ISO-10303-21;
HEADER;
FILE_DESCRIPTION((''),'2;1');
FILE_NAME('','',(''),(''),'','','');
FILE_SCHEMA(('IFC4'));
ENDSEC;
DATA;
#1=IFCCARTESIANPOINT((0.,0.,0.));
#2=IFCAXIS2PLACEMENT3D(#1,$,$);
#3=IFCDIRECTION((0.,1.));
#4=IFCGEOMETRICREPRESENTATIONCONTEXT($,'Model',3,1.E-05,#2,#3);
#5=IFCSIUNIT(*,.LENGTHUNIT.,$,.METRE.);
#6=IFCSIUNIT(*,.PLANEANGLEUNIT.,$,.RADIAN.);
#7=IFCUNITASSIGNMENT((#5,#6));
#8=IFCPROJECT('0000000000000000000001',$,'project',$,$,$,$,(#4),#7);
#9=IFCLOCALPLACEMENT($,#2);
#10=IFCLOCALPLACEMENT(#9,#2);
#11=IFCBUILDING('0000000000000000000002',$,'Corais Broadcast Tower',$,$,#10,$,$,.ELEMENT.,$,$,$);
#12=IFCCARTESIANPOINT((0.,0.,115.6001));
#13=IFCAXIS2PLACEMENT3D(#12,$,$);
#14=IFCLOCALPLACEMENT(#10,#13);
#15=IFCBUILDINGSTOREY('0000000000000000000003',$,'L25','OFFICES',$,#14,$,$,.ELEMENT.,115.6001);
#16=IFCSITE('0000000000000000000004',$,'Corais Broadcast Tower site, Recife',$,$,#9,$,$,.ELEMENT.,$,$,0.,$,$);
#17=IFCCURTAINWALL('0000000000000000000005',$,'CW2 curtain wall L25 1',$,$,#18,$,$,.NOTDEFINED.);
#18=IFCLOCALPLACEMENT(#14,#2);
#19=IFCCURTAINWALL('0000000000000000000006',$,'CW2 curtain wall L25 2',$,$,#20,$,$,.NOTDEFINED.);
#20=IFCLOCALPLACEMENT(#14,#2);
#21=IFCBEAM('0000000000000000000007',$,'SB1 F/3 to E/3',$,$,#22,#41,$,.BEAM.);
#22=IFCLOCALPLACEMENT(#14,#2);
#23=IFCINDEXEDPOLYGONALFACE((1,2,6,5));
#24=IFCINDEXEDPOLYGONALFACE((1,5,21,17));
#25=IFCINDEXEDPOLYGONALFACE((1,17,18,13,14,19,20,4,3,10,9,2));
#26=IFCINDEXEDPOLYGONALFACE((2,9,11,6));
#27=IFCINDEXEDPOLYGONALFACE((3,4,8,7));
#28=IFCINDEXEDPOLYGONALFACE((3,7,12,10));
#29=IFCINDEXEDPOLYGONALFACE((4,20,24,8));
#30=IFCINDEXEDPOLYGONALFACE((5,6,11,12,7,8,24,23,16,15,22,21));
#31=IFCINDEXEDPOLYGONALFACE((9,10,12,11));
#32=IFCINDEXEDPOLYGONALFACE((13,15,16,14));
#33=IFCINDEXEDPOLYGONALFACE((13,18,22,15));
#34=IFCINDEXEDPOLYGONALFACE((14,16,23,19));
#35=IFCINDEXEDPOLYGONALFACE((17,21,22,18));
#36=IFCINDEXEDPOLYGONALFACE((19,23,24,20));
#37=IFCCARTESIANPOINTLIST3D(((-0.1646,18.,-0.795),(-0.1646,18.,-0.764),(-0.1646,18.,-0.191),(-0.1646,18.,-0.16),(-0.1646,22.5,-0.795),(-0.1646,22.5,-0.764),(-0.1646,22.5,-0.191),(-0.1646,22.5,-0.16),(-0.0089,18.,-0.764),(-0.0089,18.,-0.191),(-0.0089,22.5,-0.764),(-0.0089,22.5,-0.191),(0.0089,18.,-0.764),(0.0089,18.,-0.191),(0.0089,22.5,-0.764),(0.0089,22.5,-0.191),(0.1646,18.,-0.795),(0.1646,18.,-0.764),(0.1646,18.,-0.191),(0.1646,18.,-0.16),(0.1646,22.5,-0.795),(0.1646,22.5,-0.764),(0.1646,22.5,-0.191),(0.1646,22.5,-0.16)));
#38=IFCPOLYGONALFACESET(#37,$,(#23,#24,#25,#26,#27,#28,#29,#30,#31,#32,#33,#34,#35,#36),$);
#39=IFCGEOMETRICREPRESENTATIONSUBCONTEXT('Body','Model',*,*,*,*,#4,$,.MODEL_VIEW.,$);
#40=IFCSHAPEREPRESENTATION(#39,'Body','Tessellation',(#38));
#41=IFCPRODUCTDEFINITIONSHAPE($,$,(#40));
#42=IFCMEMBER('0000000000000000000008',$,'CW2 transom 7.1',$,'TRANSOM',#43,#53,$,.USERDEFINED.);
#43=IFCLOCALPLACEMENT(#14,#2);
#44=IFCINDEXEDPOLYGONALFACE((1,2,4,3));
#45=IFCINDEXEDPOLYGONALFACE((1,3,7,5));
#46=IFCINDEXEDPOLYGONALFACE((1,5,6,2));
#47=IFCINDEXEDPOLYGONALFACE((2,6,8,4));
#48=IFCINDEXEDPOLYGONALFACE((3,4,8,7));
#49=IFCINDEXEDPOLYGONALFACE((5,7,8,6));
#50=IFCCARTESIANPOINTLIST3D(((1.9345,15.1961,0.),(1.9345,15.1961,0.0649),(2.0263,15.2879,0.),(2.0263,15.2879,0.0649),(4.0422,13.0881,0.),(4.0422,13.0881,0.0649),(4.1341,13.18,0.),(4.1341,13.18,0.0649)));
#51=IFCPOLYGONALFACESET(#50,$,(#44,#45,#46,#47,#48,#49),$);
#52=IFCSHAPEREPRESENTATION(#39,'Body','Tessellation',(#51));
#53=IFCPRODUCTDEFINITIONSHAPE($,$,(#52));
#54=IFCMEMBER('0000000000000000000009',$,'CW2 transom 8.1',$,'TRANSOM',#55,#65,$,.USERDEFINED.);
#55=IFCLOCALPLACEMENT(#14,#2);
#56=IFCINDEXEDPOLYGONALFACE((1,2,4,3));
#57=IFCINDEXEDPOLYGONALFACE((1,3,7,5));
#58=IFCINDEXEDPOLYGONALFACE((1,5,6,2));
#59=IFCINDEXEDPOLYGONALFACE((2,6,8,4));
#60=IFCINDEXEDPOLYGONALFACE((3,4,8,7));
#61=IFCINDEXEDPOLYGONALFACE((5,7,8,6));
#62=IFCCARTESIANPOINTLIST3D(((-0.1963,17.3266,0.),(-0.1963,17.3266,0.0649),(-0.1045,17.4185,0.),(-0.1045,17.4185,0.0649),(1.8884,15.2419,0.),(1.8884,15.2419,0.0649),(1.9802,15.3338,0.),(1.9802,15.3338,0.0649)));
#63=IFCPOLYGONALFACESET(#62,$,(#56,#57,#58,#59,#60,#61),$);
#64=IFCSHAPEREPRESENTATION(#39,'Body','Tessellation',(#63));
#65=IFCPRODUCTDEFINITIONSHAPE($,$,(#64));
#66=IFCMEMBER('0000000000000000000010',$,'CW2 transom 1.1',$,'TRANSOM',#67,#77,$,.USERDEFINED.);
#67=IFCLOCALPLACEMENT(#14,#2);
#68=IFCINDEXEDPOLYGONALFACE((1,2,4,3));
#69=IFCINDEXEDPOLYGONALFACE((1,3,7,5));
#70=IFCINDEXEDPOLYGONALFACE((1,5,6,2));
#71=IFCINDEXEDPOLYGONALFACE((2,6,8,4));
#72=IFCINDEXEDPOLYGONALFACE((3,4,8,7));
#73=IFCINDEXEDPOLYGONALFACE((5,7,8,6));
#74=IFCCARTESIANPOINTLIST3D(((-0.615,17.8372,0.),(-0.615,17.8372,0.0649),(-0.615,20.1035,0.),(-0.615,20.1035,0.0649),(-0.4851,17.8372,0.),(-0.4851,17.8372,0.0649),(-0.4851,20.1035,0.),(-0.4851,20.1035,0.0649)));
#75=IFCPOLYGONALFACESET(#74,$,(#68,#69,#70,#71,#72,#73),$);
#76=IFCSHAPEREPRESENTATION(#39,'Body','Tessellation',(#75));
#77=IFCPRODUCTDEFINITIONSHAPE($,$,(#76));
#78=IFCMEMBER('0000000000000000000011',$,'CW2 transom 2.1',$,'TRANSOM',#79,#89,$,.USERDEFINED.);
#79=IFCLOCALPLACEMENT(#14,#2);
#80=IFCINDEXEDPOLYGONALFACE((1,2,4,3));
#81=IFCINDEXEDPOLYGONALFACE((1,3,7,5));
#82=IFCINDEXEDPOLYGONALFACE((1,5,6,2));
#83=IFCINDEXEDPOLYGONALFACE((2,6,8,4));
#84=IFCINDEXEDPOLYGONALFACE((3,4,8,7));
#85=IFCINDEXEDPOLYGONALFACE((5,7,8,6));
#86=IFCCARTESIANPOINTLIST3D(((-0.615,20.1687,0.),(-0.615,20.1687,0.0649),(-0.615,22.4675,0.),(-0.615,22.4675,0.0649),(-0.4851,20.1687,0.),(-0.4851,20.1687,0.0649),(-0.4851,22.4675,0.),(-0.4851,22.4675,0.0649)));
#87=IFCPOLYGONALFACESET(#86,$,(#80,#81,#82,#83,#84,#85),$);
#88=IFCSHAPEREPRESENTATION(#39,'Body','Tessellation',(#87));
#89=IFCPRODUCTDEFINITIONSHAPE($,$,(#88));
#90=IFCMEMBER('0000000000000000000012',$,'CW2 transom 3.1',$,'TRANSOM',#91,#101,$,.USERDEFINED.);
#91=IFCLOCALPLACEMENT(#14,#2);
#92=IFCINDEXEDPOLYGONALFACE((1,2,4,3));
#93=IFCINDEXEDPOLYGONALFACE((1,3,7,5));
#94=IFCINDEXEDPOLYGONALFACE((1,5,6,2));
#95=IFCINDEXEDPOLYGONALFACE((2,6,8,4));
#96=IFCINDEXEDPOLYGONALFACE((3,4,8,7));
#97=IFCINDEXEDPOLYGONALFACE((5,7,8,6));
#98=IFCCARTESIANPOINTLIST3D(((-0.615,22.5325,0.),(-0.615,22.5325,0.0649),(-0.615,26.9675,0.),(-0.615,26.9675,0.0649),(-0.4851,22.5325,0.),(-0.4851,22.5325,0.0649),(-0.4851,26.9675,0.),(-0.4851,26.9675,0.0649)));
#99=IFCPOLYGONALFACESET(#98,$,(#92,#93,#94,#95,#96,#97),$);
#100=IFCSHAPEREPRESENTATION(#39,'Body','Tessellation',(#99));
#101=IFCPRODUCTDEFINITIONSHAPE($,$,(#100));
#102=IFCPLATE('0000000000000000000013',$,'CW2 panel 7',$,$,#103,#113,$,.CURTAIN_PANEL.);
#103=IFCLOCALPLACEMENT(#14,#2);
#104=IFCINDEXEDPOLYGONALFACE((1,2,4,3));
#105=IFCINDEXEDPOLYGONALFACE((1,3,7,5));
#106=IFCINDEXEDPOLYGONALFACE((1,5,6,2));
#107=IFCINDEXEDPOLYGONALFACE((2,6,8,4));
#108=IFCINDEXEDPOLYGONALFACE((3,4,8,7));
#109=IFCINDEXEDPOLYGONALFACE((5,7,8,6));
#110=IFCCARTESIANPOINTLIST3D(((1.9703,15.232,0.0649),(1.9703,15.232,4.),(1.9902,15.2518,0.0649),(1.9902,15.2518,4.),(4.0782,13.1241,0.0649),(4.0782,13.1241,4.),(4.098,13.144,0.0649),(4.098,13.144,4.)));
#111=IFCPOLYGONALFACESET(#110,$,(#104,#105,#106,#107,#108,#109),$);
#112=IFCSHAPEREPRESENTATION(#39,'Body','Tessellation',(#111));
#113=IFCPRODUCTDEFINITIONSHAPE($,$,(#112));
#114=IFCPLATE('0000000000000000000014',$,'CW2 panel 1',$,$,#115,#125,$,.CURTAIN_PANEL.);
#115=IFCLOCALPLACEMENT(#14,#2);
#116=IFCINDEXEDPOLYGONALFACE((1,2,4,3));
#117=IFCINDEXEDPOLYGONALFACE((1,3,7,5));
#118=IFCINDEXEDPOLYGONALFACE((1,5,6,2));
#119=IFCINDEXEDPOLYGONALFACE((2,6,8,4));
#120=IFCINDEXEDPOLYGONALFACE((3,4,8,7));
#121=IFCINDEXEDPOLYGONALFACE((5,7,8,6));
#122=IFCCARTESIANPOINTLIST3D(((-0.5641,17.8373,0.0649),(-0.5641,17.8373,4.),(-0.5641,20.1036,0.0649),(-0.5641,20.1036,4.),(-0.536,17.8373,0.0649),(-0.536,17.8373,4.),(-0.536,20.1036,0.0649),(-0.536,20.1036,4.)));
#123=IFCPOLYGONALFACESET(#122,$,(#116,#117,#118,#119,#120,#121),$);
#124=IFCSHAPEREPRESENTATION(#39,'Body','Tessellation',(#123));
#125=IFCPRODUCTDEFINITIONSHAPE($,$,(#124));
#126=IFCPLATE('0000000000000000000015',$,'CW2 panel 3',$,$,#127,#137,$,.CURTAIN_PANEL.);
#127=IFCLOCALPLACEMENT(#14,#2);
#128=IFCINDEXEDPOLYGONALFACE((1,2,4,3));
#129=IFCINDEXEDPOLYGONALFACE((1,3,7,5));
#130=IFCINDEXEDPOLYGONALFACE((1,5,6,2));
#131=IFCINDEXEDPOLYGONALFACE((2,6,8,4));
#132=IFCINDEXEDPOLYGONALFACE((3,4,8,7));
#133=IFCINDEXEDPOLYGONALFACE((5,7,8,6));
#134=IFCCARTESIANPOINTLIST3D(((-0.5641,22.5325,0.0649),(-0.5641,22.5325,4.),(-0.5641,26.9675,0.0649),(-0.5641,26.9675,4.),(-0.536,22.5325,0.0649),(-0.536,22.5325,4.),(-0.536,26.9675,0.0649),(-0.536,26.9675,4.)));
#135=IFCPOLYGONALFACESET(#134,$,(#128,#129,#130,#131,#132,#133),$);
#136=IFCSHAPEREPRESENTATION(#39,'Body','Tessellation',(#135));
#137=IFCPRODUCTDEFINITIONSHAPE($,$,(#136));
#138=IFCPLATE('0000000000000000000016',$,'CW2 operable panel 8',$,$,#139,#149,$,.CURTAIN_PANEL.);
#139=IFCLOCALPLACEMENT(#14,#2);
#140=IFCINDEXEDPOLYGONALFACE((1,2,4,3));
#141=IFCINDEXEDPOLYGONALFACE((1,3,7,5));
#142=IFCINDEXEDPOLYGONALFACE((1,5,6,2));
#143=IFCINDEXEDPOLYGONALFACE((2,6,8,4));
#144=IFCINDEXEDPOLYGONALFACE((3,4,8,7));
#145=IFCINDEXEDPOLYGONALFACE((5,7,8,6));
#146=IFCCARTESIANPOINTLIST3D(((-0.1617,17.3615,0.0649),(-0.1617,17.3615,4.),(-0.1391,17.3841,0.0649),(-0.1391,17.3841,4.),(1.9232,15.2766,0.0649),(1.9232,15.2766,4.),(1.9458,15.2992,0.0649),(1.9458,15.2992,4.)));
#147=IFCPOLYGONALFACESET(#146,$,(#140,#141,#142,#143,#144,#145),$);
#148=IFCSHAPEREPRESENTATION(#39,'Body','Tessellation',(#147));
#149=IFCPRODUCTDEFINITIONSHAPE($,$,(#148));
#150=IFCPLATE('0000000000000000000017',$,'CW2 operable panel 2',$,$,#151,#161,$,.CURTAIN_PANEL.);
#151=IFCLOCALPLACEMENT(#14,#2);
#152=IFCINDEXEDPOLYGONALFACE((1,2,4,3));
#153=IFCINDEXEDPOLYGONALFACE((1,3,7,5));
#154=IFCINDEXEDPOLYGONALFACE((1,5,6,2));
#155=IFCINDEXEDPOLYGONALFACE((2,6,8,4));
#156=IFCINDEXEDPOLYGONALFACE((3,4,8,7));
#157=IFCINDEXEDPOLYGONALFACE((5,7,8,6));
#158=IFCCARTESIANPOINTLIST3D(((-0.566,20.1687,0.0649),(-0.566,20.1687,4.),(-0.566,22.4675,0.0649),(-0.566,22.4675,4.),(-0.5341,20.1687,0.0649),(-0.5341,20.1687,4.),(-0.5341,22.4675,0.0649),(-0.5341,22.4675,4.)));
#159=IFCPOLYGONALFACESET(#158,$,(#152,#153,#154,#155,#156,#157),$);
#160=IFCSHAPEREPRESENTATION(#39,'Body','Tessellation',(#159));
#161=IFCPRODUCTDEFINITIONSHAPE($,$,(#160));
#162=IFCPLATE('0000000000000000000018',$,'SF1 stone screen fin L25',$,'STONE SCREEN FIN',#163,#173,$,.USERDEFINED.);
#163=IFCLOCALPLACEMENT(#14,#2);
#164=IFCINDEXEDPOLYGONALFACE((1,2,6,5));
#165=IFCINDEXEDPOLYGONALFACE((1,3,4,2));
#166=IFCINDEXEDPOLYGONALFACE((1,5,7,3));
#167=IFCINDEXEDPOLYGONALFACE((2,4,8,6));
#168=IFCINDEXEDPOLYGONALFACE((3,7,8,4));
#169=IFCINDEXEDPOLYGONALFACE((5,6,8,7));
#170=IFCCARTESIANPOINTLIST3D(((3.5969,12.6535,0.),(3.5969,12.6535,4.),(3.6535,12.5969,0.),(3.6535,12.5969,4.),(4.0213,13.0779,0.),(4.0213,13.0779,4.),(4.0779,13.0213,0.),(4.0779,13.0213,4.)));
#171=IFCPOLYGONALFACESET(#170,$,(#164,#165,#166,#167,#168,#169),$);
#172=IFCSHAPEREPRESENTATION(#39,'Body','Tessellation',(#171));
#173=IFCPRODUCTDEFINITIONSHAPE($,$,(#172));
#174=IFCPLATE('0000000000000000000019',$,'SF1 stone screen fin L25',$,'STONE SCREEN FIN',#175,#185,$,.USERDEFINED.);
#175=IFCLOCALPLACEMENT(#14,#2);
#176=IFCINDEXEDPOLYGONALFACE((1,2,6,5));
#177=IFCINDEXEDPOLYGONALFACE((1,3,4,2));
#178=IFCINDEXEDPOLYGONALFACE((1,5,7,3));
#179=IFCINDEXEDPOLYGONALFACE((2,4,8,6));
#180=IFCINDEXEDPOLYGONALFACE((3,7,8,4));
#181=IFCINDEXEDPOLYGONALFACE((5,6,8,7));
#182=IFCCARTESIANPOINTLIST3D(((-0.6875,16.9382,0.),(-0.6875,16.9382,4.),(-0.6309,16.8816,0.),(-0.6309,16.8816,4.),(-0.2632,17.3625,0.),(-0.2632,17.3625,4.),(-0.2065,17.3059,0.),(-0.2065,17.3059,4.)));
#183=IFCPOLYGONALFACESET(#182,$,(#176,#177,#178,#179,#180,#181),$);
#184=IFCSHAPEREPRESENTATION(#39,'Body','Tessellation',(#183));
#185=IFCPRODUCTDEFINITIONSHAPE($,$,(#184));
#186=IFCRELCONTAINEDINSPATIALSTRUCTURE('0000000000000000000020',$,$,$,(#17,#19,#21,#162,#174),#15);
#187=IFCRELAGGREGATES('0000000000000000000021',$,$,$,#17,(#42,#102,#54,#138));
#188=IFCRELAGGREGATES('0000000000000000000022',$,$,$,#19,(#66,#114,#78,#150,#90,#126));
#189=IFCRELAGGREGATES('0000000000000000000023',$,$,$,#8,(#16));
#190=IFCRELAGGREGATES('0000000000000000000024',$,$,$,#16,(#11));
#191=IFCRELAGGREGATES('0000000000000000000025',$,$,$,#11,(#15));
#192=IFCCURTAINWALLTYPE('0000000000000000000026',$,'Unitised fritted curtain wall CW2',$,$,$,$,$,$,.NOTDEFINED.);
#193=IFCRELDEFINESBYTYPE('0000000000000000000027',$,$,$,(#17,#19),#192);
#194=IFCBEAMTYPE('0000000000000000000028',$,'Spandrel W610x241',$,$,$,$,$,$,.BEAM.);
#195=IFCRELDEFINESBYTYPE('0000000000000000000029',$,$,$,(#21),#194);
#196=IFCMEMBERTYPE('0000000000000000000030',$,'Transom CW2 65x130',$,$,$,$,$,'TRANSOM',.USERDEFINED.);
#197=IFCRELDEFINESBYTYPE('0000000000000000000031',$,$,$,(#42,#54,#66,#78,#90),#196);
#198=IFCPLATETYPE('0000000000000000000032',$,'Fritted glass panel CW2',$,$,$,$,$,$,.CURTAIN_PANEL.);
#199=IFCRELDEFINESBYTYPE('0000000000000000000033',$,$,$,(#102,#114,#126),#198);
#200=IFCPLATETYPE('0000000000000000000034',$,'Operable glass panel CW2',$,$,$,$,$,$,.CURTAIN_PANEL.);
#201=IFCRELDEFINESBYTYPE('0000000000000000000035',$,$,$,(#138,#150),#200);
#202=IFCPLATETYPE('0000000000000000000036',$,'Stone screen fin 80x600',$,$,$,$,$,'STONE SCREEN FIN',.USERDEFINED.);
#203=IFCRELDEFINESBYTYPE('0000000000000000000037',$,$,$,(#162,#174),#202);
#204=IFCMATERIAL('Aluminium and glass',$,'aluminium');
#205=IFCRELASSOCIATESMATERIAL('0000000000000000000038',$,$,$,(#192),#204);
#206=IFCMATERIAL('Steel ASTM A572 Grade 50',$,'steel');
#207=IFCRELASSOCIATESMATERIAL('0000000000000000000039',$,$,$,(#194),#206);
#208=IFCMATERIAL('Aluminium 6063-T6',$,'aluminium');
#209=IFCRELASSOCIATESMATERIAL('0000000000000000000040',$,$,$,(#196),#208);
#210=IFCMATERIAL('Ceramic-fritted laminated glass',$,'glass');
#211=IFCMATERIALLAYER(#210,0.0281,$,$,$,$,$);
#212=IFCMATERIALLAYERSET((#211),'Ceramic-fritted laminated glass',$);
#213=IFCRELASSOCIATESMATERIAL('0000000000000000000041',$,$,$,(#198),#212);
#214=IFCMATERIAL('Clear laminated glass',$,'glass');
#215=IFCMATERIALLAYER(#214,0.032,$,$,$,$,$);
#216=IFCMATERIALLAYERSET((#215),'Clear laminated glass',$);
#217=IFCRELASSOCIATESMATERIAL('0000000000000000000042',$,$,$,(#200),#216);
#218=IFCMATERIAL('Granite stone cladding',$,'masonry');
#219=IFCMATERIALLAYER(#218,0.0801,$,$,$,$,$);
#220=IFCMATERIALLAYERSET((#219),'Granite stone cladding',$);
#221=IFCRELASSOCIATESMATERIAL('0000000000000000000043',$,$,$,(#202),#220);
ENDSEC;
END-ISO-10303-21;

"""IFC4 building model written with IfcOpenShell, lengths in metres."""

from ifc_helpers import new_model, si_unit, direction, frame, origin, origin_2d, place, context, subcontext, project, spatial, rectangle, i_section, extrude, material, layer, layer_set, material_profile, profile_set, type_object, element, aggregate, save


model = new_model("IFC4")

# Units and contexts
model_context = context("Model", 3, precision=1e-05, world=origin(), true_north=direction((0.0, 1.0)))
body_context = subcontext(model_context, "Body", "Model", "MODEL_VIEW")
ifc_project = project(units=[si_unit("LENGTHUNIT", "METRE"), si_unit("PLANEANGLEUNIT", "RADIAN")], contexts=[model_context])

# Site, building, storey
site_placement = place(None, origin())
site = spatial("IfcSite", under=ifc_project, at=site_placement, Name="Corais Broadcast Tower site, Recife", CompositionType="ELEMENT", RefElevation=0.0)
building_placement = place(site_placement, origin())
building = spatial("IfcBuilding", under=site, at=building_placement, Name="Corais Broadcast Tower", CompositionType="ELEMENT")
storey_placement = place(building_placement, frame((0.0, 0.0, 115.6001)))
storey = spatial("IfcBuildingStorey", under=building, at=storey_placement, Name="L25", Description="OFFICES", CompositionType="ELEMENT", Elevation=115.6001)

# Curtain walls
ifc_material_1 = material(Name="Aluminium and glass", Category="aluminium")
curtain_wall_type = type_object("IfcCurtainWallType", Name="Unitised fritted curtain wall CW2", PredefinedType="NOTDEFINED", material=ifc_material_1)
curtain_wall_1_placement = place(storey_placement, origin())
curtain_wall_1 = element("IfcCurtainWall", 1, at=curtain_wall_1_placement, inside=storey, type_object=curtain_wall_type, Name="CW2 curtain wall L25 1", PredefinedType="NOTDEFINED")
curtain_wall_2_placement = place(storey_placement, origin())
curtain_wall_2 = element("IfcCurtainWall", 2, at=curtain_wall_2_placement, inside=storey, type_object=curtain_wall_type, Name="CW2 curtain wall L25 2", PredefinedType="NOTDEFINED")

# Beam
ifc_material_2 = material(Name="Steel ASTM A572 Grade 50", Category="steel")
ifc_material_profile_1 = material_profile(ifc_material_2, i_section(OverallWidth=0.3291, OverallDepth=0.635, WebThickness=0.0178, FlangeThickness=0.031, at=origin_2d()), Name="W610x241")
ifc_profile_set_1 = profile_set([ifc_material_profile_1], Name="Steel ASTM A572 Grade 50")
beam_type_1 = type_object("IfcBeamType", Name="Spandrel W610x241", PredefinedType="BEAM", material=ifc_profile_set_1)
beam_1_placement = place(storey_placement, frame((0.0, 22.5, -0.4775), z_axis=(0.0, -1.0, 0.0), x_axis=(1.0, 0.0, 0.0)))
element("IfcBeam", 3, at=beam_1_placement, inside=storey, type_object=beam_type_1, Name="SB1 F/3 to E/3", PredefinedType="BEAM", context=body_context, shape_type="SweptSolid", body=[
    extrude(i_section(OverallWidth=0.3291, OverallDepth=0.635, WebThickness=0.0178, FlangeThickness=0.031, at=origin_2d()), origin(), (0.0, 0.0, 1.0), 4.5),
])

# Members
ifc_material_3 = material(Name="Aluminium 6063-T6", Category="aluminium")
ifc_material_profile_2 = material_profile(ifc_material_3, rectangle(XDim=0.1299, YDim=0.0649, at=origin_2d()), Name="Transom CW2 65x130")
ifc_profile_set_2 = profile_set([ifc_material_profile_2], Name="Aluminium 6063-T6")
member_type_1 = type_object("IfcMemberType", Name="Transom CW2 65x130", ElementType="TRANSOM", PredefinedType="USERDEFINED", material=ifc_profile_set_2)
member_1_placement = place(storey_placement, frame((4.0881, 13.134, 0.0325), z_axis=(-0.707066, 0.707148, 0.0), x_axis=(-0.707148, -0.707066, 0.0)))
member_1 = element("IfcMember", 4, at=member_1_placement, type_object=member_type_1, Name="CW2 transom 7.1", ObjectType="TRANSOM", PredefinedType="USERDEFINED", context=body_context, shape_type="SweptSolid", body=[
    extrude(rectangle(XDim=0.1299, YDim=0.0649, at=origin_2d()), origin(), (0.0, 0.0, 1.0), 2.981),
])
member_2_placement = place(storey_placement, frame((1.9343, 15.2878, 0.0325), z_axis=(-0.707107, 0.707107, 0.0), x_axis=(-0.707107, -0.707107, 0.0)))
member_2 = element("IfcMember", 5, at=member_2_placement, type_object=member_type_1, Name="CW2 transom 8.1", ObjectType="TRANSOM", PredefinedType="USERDEFINED", context=body_context, shape_type="SweptSolid", body=[
    extrude(rectangle(XDim=0.1299, YDim=0.0649, at=origin_2d()), origin(), (0.0, 0.0, 1.0), 2.9482),
])
member_3_placement = place(storey_placement, frame((-0.55, 17.8372, 0.0325), z_axis=(0.0, 1.0, 0.0), x_axis=(-1.0, 0.0, 0.0)))
member_3 = element("IfcMember", 6, at=member_3_placement, type_object=member_type_1, Name="CW2 transom 1.1", ObjectType="TRANSOM", PredefinedType="USERDEFINED", context=body_context, shape_type="SweptSolid", body=[
    extrude(rectangle(XDim=0.1299, YDim=0.0649, at=origin_2d()), origin(), (0.0, 0.0, 1.0), 2.2664),
])
member_4_placement = place(storey_placement, frame((-0.55, 20.1687, 0.0325), z_axis=(0.0, 1.0, 0.0), x_axis=(-1.0, 0.0, 0.0)))
member_4 = element("IfcMember", 7, at=member_4_placement, type_object=member_type_1, Name="CW2 transom 2.1", ObjectType="TRANSOM", PredefinedType="USERDEFINED", context=body_context, shape_type="SweptSolid", body=[
    extrude(rectangle(XDim=0.1299, YDim=0.0649, at=origin_2d()), origin(), (0.0, 0.0, 1.0), 2.2988),
])
member_5_placement = place(storey_placement, frame((-0.55, 22.5325, 0.0325), z_axis=(0.0, 1.0, 0.0), x_axis=(-1.0, 0.0, 0.0)))
member_5 = element("IfcMember", 8, at=member_5_placement, type_object=member_type_1, Name="CW2 transom 3.1", ObjectType="TRANSOM", PredefinedType="USERDEFINED", context=body_context, shape_type="SweptSolid", body=[
    extrude(rectangle(XDim=0.1299, YDim=0.0649, at=origin_2d()), origin(), (0.0, 0.0, 1.0), 4.4351),
])

# Plates
ifc_material_4 = material(Name="Ceramic-fritted laminated glass", Category="glass")
ifc_layer_1 = layer(ifc_material_4, 0.0281)
ifc_layer_set_1 = layer_set([ifc_layer_1], Name="Ceramic-fritted laminated glass")
plate_type_1 = type_object("IfcPlateType", Name="Fritted glass panel CW2", PredefinedType="CURTAIN_PANEL", material=ifc_layer_set_1)
plate_1_placement = place(storey_placement, frame((3.0342, 14.188, 0.0649), z_axis=(0.0, 0.0, 1.0), x_axis=(-0.707107, 0.707107, 0.0)))
plate_1 = element("IfcPlate", 9, at=plate_1_placement, type_object=plate_type_1, Name="CW2 panel 7", PredefinedType="CURTAIN_PANEL", context=body_context, shape_type="SweptSolid", body=[
    extrude(rectangle(XDim=2.981, YDim=0.0281, at=origin_2d()), origin(), (0.0, 0.0, 1.0), 3.9351),
])
plate_2_placement = place(storey_placement, frame((-0.55, 18.9705, 0.0649), z_axis=(0.0, 0.0, 1.0), x_axis=(0.0, 1.0, 0.0)))
plate_2 = element("IfcPlate", 10, at=plate_2_placement, type_object=plate_type_1, Name="CW2 panel 1", PredefinedType="CURTAIN_PANEL", context=body_context, shape_type="SweptSolid", body=[
    extrude(rectangle(XDim=2.2664, YDim=0.0281, at=origin_2d()), origin(), (0.0, 0.0, 1.0), 3.9351),
])
plate_3_placement = place(storey_placement, frame((-0.55, 24.75, 0.0649), z_axis=(0.0, 0.0, 1.0), x_axis=(0.0, 1.0, 0.0)))
plate_3 = element("IfcPlate", 11, at=plate_3_placement, type_object=plate_type_1, Name="CW2 panel 3", PredefinedType="CURTAIN_PANEL", context=body_context, shape_type="SweptSolid", body=[
    extrude(rectangle(XDim=4.4351, YDim=0.0281, at=origin_2d()), origin(), (0.0, 0.0, 1.0), 3.9351),
])
ifc_material_5 = material(Name="Clear laminated glass", Category="glass")
ifc_layer_2 = layer(ifc_material_5, 0.032)
ifc_layer_set_2 = layer_set([ifc_layer_2], Name="Clear laminated glass")
plate_type_2 = type_object("IfcPlateType", Name="Operable glass panel CW2", PredefinedType="CURTAIN_PANEL", material=ifc_layer_set_2)
plate_4_placement = place(storey_placement, frame((0.8921, 16.3303, 0.0649), z_axis=(0.0, 0.0, 1.0), x_axis=(-0.707107, 0.707107, 0.0)))
plate_4 = element("IfcPlate", 12, at=plate_4_placement, type_object=plate_type_2, Name="CW2 operable panel 8", PredefinedType="CURTAIN_PANEL", context=body_context, shape_type="SweptSolid", body=[
    extrude(rectangle(XDim=2.9485, YDim=0.032, at=origin_2d()), origin(), (0.0, 0.0, 1.0), 3.9351),
])
aggregate(curtain_wall_1, [member_1, plate_1, member_2, plate_4])
plate_5_placement = place(storey_placement, frame((-0.55, 21.3181, 0.0649), z_axis=(0.0, 0.0, 1.0), x_axis=(0.0, 1.0, 0.0)))
plate_5 = element("IfcPlate", 13, at=plate_5_placement, type_object=plate_type_2, Name="CW2 operable panel 2", PredefinedType="CURTAIN_PANEL", context=body_context, shape_type="SweptSolid", body=[
    extrude(rectangle(XDim=2.2988, YDim=0.032, at=origin_2d()), origin(), (0.0, 0.0, 1.0), 3.9351),
])
aggregate(curtain_wall_2, [member_3, plate_2, member_4, plate_5, member_5, plate_3])

# Plates
ifc_material_6 = material(Name="Granite stone cladding", Category="masonry")
ifc_layer_3 = layer(ifc_material_6, 0.0801)
ifc_layer_set_3 = layer_set([ifc_layer_3], Name="Granite stone cladding")
plate_type_3 = type_object("IfcPlateType", Name="Stone screen fin 80x600", ElementType="STONE SCREEN FIN", PredefinedType="USERDEFINED", material=ifc_layer_set_3)
for number, where, z_axis, x_axis, name in (
    (14, (3.8374, 12.8374, 0.0), (0.0, 0.0, 1.0), (-0.707107, 0.707107, 0.0), "SF1 stone screen fin L25"),
    (15, (-0.447, 17.1221, 0.0), (0.0, 0.0, 1.0), (-0.707107, 0.707107, 0.0), "SF1 stone screen fin L25"),
):
    element("IfcPlate", number, at=place(storey_placement, frame(where, z_axis=z_axis, x_axis=x_axis)), inside=storey, type_object=plate_type_3, Name=name, ObjectType="STONE SCREEN FIN", PredefinedType="USERDEFINED", context=body_context, shape_type="SweptSolid", body=[
        extrude(rectangle(XDim=0.0801, YDim=0.6001, at=origin_2d()), origin(), (0.0, 0.0, 1.0), 4.0),
    ])

save(model, "model.ifc")
